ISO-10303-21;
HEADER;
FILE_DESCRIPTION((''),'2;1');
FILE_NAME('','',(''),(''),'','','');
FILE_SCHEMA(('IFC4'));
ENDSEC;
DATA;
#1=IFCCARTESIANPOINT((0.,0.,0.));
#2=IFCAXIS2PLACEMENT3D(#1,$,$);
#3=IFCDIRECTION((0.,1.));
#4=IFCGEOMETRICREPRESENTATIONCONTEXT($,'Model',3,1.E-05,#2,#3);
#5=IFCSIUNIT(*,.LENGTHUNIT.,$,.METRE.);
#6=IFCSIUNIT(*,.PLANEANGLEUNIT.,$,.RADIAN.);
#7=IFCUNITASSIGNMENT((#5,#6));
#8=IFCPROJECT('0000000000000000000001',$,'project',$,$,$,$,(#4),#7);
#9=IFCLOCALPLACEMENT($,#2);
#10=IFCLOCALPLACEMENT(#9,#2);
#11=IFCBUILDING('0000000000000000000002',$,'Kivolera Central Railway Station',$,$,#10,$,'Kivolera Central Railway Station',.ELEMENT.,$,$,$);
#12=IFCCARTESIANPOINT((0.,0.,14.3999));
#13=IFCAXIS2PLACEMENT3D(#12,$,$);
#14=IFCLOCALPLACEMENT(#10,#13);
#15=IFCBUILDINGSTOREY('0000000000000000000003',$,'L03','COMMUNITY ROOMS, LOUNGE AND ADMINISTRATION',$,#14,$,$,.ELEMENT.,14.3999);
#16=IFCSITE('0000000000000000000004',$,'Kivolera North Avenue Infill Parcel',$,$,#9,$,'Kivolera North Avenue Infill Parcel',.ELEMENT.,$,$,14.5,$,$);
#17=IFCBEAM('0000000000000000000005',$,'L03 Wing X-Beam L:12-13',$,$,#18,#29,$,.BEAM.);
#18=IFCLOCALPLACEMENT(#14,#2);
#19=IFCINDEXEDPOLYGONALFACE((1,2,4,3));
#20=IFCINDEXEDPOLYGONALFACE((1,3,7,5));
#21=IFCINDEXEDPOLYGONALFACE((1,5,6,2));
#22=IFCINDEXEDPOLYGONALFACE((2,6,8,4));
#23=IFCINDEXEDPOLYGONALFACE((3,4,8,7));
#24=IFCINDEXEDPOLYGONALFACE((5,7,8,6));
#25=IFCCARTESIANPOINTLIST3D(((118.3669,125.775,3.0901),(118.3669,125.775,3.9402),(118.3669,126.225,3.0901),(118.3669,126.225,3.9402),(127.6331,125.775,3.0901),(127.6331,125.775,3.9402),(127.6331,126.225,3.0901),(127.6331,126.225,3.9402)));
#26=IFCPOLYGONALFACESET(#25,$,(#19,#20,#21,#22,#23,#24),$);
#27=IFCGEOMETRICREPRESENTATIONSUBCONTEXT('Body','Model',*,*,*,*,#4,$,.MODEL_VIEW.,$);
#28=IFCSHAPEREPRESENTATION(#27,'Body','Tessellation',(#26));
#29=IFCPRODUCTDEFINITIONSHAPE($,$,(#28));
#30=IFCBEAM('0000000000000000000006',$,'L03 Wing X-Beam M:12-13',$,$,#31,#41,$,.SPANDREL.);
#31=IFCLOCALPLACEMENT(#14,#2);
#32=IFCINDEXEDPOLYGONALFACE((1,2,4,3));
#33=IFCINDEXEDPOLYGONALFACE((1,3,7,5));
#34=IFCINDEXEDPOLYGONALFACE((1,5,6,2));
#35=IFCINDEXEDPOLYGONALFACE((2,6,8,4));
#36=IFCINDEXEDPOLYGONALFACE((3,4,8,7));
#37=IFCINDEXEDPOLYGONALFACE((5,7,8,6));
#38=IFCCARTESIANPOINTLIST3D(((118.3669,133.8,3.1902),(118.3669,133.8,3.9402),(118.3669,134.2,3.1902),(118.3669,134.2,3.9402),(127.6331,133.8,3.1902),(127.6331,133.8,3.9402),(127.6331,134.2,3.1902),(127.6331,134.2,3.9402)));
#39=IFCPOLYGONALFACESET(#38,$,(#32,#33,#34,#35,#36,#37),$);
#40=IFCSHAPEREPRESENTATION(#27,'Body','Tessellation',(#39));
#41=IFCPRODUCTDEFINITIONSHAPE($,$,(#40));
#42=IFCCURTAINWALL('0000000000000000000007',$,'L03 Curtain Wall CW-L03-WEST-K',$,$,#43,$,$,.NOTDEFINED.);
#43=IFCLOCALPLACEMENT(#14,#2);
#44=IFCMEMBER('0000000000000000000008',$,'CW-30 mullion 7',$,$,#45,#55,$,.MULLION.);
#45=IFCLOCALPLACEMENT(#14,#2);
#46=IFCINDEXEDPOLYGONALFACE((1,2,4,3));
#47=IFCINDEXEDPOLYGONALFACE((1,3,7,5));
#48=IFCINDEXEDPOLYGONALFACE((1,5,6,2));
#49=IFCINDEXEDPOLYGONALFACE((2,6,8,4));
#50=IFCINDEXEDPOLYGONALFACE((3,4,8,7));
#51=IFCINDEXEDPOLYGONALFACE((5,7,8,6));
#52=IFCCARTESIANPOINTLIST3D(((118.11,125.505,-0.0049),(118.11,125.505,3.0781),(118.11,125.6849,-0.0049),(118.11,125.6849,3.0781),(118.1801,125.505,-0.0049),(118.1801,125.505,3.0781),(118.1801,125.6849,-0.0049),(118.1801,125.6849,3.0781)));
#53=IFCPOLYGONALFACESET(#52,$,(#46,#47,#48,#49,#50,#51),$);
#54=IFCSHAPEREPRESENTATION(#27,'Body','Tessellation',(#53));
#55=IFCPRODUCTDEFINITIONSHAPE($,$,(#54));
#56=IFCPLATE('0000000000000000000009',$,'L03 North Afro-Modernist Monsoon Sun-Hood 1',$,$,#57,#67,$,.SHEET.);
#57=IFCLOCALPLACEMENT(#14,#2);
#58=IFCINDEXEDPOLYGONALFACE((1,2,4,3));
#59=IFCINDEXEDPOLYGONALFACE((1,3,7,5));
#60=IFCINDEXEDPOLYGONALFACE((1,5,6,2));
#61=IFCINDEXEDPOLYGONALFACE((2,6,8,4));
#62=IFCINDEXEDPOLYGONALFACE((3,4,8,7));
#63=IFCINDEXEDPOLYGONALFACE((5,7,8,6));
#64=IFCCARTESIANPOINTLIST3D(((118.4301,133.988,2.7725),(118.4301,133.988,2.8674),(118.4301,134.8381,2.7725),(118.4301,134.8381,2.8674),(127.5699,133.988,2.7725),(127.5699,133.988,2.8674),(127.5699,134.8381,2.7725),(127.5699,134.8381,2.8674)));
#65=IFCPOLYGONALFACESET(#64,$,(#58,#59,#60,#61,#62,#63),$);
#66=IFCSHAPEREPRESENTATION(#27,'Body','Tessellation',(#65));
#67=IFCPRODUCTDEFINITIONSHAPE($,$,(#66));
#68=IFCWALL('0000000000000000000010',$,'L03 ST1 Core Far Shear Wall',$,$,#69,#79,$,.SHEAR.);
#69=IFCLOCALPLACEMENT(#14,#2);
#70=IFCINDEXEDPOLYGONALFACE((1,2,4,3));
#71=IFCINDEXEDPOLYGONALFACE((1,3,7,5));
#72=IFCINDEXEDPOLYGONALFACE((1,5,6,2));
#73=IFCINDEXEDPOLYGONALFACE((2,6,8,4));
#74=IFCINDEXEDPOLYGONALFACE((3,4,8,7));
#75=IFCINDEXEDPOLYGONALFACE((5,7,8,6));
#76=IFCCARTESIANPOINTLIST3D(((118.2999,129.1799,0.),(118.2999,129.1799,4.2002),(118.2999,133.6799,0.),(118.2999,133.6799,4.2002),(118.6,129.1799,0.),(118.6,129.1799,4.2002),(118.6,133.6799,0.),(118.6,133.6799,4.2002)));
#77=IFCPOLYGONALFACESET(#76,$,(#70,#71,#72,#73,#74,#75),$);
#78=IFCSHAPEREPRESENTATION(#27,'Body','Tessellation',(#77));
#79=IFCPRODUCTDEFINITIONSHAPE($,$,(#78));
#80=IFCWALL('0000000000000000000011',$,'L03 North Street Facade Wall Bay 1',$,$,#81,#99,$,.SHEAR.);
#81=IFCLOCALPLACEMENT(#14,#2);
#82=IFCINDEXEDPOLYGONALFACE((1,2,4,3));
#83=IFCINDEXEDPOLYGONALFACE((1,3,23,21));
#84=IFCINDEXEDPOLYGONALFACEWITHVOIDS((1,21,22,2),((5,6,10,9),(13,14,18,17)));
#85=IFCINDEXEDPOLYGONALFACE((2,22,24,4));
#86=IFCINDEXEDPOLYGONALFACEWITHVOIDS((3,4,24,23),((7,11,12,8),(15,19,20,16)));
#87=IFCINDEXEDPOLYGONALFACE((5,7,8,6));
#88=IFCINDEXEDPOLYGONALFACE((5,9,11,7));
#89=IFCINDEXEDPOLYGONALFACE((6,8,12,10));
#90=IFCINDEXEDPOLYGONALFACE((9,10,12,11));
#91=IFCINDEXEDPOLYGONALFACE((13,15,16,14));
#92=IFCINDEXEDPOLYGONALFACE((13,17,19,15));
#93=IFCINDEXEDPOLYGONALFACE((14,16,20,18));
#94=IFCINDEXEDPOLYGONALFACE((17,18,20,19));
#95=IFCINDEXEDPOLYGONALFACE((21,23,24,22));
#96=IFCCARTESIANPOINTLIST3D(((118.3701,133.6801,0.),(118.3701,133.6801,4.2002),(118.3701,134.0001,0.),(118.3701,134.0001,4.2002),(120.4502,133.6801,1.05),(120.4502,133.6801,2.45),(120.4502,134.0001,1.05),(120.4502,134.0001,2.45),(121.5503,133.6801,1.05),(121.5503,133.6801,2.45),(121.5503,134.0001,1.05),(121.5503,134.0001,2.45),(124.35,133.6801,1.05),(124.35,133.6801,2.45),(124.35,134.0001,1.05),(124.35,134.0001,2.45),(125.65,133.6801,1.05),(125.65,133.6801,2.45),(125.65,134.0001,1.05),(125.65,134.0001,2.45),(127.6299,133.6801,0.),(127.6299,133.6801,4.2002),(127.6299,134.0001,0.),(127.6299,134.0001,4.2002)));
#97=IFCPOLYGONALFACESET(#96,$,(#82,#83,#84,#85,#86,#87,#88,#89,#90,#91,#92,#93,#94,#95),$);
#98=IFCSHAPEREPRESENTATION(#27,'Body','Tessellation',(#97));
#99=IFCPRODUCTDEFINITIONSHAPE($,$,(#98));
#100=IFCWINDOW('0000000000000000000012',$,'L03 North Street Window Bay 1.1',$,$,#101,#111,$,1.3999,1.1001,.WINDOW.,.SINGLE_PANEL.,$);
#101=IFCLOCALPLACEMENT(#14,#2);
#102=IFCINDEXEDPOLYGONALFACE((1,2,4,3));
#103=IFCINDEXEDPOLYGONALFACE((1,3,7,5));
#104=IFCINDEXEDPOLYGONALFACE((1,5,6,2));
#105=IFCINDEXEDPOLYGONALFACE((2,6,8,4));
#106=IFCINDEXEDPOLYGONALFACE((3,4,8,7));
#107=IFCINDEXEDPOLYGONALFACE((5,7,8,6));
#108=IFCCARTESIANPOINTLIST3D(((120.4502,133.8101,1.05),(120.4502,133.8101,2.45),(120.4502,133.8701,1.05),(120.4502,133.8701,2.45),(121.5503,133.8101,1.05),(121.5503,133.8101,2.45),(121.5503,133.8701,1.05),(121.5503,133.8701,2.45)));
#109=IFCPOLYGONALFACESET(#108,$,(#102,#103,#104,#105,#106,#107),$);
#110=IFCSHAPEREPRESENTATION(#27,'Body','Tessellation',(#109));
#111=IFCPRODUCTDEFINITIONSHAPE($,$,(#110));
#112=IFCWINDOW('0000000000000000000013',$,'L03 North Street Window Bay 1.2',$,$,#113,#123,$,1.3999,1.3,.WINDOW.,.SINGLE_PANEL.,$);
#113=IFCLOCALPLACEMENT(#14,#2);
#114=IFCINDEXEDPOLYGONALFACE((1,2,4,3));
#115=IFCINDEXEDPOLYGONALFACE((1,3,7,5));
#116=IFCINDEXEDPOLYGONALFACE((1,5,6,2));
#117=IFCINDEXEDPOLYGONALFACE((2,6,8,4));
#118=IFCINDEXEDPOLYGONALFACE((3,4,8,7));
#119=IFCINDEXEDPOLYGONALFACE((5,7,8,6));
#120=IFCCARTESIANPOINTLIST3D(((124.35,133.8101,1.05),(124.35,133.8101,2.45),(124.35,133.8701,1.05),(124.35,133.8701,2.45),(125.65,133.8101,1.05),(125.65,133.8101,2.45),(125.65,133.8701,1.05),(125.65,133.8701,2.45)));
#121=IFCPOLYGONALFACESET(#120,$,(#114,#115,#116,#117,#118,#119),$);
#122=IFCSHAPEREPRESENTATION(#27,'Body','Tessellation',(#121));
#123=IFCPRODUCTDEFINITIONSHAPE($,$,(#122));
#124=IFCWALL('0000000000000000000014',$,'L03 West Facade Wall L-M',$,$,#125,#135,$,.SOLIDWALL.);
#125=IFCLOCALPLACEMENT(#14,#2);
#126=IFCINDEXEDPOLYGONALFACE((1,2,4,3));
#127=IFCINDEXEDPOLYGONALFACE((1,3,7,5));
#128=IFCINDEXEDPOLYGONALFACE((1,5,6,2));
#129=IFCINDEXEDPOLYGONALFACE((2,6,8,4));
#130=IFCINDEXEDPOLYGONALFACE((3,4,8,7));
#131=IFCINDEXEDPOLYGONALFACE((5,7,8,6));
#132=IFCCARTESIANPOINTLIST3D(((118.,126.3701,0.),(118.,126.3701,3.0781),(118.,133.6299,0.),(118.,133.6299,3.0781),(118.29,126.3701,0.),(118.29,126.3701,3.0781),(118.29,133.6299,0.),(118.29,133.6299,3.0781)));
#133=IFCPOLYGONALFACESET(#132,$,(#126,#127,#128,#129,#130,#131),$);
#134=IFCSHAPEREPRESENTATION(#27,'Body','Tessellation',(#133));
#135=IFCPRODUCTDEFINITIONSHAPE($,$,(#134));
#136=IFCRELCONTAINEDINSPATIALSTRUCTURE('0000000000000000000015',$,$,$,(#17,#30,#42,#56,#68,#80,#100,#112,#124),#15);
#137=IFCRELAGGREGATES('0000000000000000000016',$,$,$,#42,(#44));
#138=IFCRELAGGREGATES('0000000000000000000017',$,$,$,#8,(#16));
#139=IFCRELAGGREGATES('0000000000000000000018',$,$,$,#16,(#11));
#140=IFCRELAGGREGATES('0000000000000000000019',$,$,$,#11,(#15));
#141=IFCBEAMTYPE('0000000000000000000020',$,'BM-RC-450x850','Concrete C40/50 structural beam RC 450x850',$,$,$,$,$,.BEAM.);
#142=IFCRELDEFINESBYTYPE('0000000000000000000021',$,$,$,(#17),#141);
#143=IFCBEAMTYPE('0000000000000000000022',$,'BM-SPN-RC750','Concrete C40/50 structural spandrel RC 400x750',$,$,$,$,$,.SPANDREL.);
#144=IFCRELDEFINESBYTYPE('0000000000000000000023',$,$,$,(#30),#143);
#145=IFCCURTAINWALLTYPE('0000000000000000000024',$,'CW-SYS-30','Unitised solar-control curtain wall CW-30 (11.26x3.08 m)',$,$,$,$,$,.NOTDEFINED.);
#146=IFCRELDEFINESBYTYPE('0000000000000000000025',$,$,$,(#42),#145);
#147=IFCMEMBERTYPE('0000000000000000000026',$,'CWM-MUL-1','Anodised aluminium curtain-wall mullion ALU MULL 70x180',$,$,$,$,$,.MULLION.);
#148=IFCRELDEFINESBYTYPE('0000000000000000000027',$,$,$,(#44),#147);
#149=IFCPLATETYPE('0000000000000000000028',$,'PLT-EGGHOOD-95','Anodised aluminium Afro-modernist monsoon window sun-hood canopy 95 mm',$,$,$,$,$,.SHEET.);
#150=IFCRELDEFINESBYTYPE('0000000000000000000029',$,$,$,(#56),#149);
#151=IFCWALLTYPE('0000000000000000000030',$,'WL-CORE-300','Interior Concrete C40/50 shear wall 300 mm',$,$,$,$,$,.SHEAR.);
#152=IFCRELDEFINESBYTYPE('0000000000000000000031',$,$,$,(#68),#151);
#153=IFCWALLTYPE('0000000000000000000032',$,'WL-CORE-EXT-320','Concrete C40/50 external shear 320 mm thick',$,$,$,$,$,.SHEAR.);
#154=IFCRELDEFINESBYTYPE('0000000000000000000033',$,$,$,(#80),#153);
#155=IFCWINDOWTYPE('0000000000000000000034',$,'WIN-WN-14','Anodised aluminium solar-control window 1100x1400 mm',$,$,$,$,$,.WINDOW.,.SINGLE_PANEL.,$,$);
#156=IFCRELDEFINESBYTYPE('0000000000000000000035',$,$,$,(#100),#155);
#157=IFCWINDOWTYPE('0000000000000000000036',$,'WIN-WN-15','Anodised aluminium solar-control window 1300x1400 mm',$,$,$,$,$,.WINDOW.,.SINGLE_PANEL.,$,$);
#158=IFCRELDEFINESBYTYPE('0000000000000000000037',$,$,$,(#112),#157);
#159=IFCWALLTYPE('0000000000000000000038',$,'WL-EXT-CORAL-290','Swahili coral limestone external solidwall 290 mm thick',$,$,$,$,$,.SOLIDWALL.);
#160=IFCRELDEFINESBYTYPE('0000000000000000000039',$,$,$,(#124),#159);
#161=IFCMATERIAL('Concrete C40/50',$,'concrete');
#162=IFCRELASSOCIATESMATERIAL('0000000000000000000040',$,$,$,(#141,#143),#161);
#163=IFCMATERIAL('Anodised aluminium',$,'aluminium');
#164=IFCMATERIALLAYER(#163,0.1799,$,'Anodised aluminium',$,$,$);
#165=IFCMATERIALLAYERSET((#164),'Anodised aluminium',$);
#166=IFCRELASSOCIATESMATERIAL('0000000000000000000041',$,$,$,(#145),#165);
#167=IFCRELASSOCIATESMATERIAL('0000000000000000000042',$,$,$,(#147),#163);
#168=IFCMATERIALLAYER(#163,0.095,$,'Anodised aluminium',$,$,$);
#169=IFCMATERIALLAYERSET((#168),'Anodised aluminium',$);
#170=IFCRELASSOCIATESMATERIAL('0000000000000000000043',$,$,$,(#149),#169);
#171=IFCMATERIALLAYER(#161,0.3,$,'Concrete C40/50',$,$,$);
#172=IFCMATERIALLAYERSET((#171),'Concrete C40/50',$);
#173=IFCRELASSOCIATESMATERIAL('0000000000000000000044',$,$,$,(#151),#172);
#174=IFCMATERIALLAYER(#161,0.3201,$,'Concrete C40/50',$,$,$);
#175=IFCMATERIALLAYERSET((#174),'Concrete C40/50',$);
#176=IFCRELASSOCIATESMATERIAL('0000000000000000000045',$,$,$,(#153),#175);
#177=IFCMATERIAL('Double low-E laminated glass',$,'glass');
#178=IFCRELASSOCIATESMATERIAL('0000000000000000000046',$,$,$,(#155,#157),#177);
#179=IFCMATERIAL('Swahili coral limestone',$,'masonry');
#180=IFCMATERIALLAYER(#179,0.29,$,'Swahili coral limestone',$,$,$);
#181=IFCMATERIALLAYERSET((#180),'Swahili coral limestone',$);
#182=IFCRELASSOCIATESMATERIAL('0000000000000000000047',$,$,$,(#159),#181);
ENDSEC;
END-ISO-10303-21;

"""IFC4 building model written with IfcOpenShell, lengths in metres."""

from ifc_helpers import new_model, si_unit, direction, frame, frame_2d, origin, origin_2d, place, context, subcontext, project, spatial, rectangle, extrude, material, layer, layer_set, material_profile, profile_set, type_object, element, fill, aggregate, save


model = new_model("IFC4")

# Units and contexts
model_context = context("Model", 3, precision=1e-05, world=origin(), true_north=direction((0.0, 1.0)))
body_context = subcontext(model_context, "Body", "Model", "MODEL_VIEW")
ifc_project = project(units=[si_unit("LENGTHUNIT", "METRE"), si_unit("PLANEANGLEUNIT", "RADIAN")], contexts=[model_context])

# Site, building, storey
site_placement = place(None, origin())
site = spatial("IfcSite", under=ifc_project, at=site_placement, Name="Kivolera North Avenue Infill Parcel", LongName="Kivolera North Avenue Infill Parcel", CompositionType="ELEMENT", RefElevation=14.5)
building_placement = place(site_placement, origin())
building = spatial("IfcBuilding", under=site, at=building_placement, Name="Kivolera Central Railway Station", LongName="Kivolera Central Railway Station", CompositionType="ELEMENT")
storey_placement = place(building_placement, frame((0.0, 0.0, 14.3999)))
storey = spatial("IfcBuildingStorey", under=building, at=storey_placement, Name="L03", Description="COMMUNITY ROOMS, LOUNGE AND ADMINISTRATION", CompositionType="ELEMENT", Elevation=14.3999)

# Beams
ifc_material_1 = material(Name="Concrete C40/50", Category="concrete")
ifc_material_profile_1 = material_profile(ifc_material_1, rectangle(XDim=0.45, YDim=0.8501, at=origin_2d()), Name="RC 450x850")
ifc_profile_set_1 = profile_set([ifc_material_profile_1], Name="Concrete C40/50")
beam_type_1 = type_object("IfcBeamType", Name="BM-RC-450x850", Description="Concrete C40/50 structural beam RC 450x850", PredefinedType="BEAM", material=ifc_profile_set_1)
beam_1_placement = place(storey_placement, frame((118.3669, 126.0, 3.5151), z_axis=(1.0, 0.0, 0.0), x_axis=(0.0, 1.0, 0.0)))
element("IfcBeam", 1, at=beam_1_placement, inside=storey, type_object=beam_type_1, Name="L03 Wing X-Beam L:12-13", PredefinedType="BEAM", context=body_context, shape_type="SweptSolid", body=[
    extrude(rectangle(XDim=0.45, YDim=0.8501, at=origin_2d()), origin(), (0.0, 0.0, 1.0), 9.2661),
])
ifc_material_profile_2 = material_profile(ifc_material_1, rectangle(XDim=0.3999, YDim=0.75, at=origin_2d()), Name="RC 400x750")
ifc_profile_set_2 = profile_set([ifc_material_profile_2], Name="Concrete C40/50")
beam_type_2 = type_object("IfcBeamType", Name="BM-SPN-RC750", Description="Concrete C40/50 structural spandrel RC 400x750", PredefinedType="SPANDREL", material=ifc_profile_set_2)
beam_2_placement = place(storey_placement, frame((118.3669, 134.0, 3.5652), z_axis=(1.0, 0.0, 0.0), x_axis=(0.0, 1.0, 0.0)))
element("IfcBeam", 2, at=beam_2_placement, inside=storey, type_object=beam_type_2, Name="L03 Wing X-Beam M:12-13", PredefinedType="SPANDREL", context=body_context, shape_type="SweptSolid", body=[
    extrude(rectangle(XDim=0.3999, YDim=0.75, at=origin_2d()), origin(), (0.0, 0.0, 1.0), 9.2661),
])

# Curtain wall, member
ifc_material_2 = material(Name="Anodised aluminium", Category="aluminium")
ifc_layer_1 = layer(ifc_material_2, 0.1799, Name="Anodised aluminium")
ifc_layer_set_1 = layer_set([ifc_layer_1], Name="Anodised aluminium")
curtain_wall_type = type_object("IfcCurtainWallType", Name="CW-SYS-30", Description="Unitised solar-control curtain wall CW-30 (11.26x3.08 m)", PredefinedType="NOTDEFINED", material=ifc_layer_set_1)
curtain_wall_placement = place(storey_placement, origin())
curtain_wall = element("IfcCurtainWall", 3, at=curtain_wall_placement, inside=storey, type_object=curtain_wall_type, Name="L03 Curtain Wall CW-L03-WEST-K", PredefinedType="NOTDEFINED")
ifc_material_profile_3 = material_profile(ifc_material_2, rectangle(XDim=0.0701, YDim=0.1799, at=origin_2d()), Name="ALU MULL 70x180")
ifc_profile_set_3 = profile_set([ifc_material_profile_3], Name="Anodised aluminium")
member_type = type_object("IfcMemberType", Name="CWM-MUL-1", Description="Anodised aluminium curtain-wall mullion ALU MULL 70x180", PredefinedType="MULLION", material=ifc_profile_set_3)
member_placement = place(storey_placement, frame((118.145, 125.595, -0.0049), z_axis=(0.0, 0.0, 1.0), x_axis=(-1.0, 0.0, 0.0)))
member = element("IfcMember", 4, at=member_placement, type_object=member_type, Name="CW-30 mullion 7", PredefinedType="MULLION", context=body_context, shape_type="SweptSolid", body=[
    extrude(rectangle(XDim=0.0701, YDim=0.1799, at=origin_2d()), origin(), (0.0, 0.0, 1.0), 3.083),
])
aggregate(curtain_wall, [member])

# Plate
ifc_layer_2 = layer(ifc_material_2, 0.095, Name="Anodised aluminium")
ifc_layer_set_2 = layer_set([ifc_layer_2], Name="Anodised aluminium")
plate_type = type_object("IfcPlateType", Name="PLT-EGGHOOD-95", Description="Anodised aluminium Afro-modernist monsoon window sun-hood canopy 95 mm", PredefinedType="SHEET", material=ifc_layer_set_2)
plate_placement = place(storey_placement, frame((123.0, 134.4131, 2.7725), z_axis=(0.0, 0.0, 1.0), x_axis=(1.0, 0.0, 0.0)))
element("IfcPlate", 5, at=plate_placement, inside=storey, type_object=plate_type, Name="L03 North Afro-Modernist Monsoon Sun-Hood 1", PredefinedType="SHEET", context=body_context, shape_type="SweptSolid", body=[
    extrude(rectangle(XDim=9.1399, YDim=0.8501, at=origin_2d()), origin(), (0.0, 0.0, 1.0), 0.095),
])

# Wall
ifc_layer_3 = layer(ifc_material_1, 0.3, Name="Concrete C40/50")
ifc_layer_set_3 = layer_set([ifc_layer_3], Name="Concrete C40/50")
wall_type_1 = type_object("IfcWallType", Name="WL-CORE-300", Description="Interior Concrete C40/50 shear wall 300 mm", PredefinedType="SHEAR", material=ifc_layer_set_3)
wall_1_placement = place(storey_placement, frame((118.45, 129.1799, 0.0), z_axis=(0.0, 0.0, 1.0), x_axis=(0.0, 1.0, 0.0)))
element("IfcWall", 6, at=wall_1_placement, inside=storey, type_object=wall_type_1, Name="L03 ST1 Core Far Shear Wall", PredefinedType="SHEAR", context=body_context, shape_type="SweptSolid", body=[
    extrude(rectangle(XDim=4.5, YDim=0.3, at=frame_2d((2.25, 0.0))), origin(), (0.0, 0.0, 1.0), 4.2002),
])

# Wall, openings, windows
ifc_layer_4 = layer(ifc_material_1, 0.3201, Name="Concrete C40/50")
ifc_layer_set_4 = layer_set([ifc_layer_4], Name="Concrete C40/50")
wall_type_2 = type_object("IfcWallType", Name="WL-CORE-EXT-320", Description="Concrete C40/50 external shear 320 mm thick", PredefinedType="SHEAR", material=ifc_layer_set_4)
wall_2_placement = place(storey_placement, frame((118.3701, 133.8401, 0.0), z_axis=(0.0, 0.0, 1.0), x_axis=(1.0, 0.0, 0.0)))
wall_2 = element("IfcWall", 7, at=wall_2_placement, inside=storey, type_object=wall_type_2, Name="L03 North Street Facade Wall Bay 1", PredefinedType="SHEAR", context=body_context, shape_type="SweptSolid", body=[
    extrude(rectangle(XDim=9.2598, YDim=0.3201, at=frame_2d((4.6299, 0.0))), origin(), (0.0, 0.0, 1.0), 4.2002),
])
opening_1_placement = place(wall_2_placement, frame((2.0801, 0.0, 1.05)))
opening_1 = element("IfcOpeningElement", 8, at=opening_1_placement, cuts=wall_2, PredefinedType="OPENING", context=body_context, shape_type="SweptSolid", body=[
    extrude(rectangle(XDim=1.1001, YDim=1.3999, at=frame_2d((0.55, 0.7))), frame((0.0, 0.1699, 0.0), z_axis=(0.0, -1.0, 0.0), x_axis=(1.0, 0.0, 0.0)), (0.0, 0.0, 1.0), 0.3401),
])
opening_2_placement = place(wall_2_placement, frame((5.98, 0.0, 1.05)))
opening_2 = element("IfcOpeningElement", 9, at=opening_2_placement, cuts=wall_2, PredefinedType="OPENING", context=body_context, shape_type="SweptSolid", body=[
    extrude(rectangle(XDim=1.3, YDim=1.3999, at=frame_2d((0.6499, 0.7))), frame((0.0, 0.1699, 0.0), z_axis=(0.0, -1.0, 0.0), x_axis=(1.0, 0.0, 0.0)), (0.0, 0.0, 1.0), 0.3401),
])
ifc_material_3 = material(Name="Double low-E laminated glass", Category="glass")
window_type_1 = type_object("IfcWindowType", Name="WIN-WN-14", Description="Anodised aluminium solar-control window 1100x1400 mm", PartitioningType="SINGLE_PANEL", PredefinedType="WINDOW", material=ifc_material_3)
window_1_placement = place(opening_1_placement, origin())
window_1 = element("IfcWindow", 10, at=window_1_placement, inside=storey, type_object=window_type_1, Name="L03 North Street Window Bay 1.1", OverallHeight=1.3999, OverallWidth=1.1001, PartitioningType="SINGLE_PANEL", PredefinedType="WINDOW", context=body_context, shape_type="SweptSolid", body=[
    extrude(rectangle(XDim=1.1001, YDim=1.3999, at=frame_2d((0.55, 0.7))), frame((0.0, 0.03, 0.0), z_axis=(0.0, -1.0, 0.0), x_axis=(1.0, 0.0, 0.0)), (0.0, 0.0, 1.0), 0.0601),
])
fill(opening_1, window_1)
window_type_2 = type_object("IfcWindowType", Name="WIN-WN-15", Description="Anodised aluminium solar-control window 1300x1400 mm", PartitioningType="SINGLE_PANEL", PredefinedType="WINDOW", material=ifc_material_3)
window_2_placement = place(opening_2_placement, origin())
window_2 = element("IfcWindow", 11, at=window_2_placement, inside=storey, type_object=window_type_2, Name="L03 North Street Window Bay 1.2", OverallHeight=1.3999, OverallWidth=1.3, PartitioningType="SINGLE_PANEL", PredefinedType="WINDOW", context=body_context, shape_type="SweptSolid", body=[
    extrude(rectangle(XDim=1.3, YDim=1.3999, at=frame_2d((0.6499, 0.7))), frame((0.0, 0.03, 0.0), z_axis=(0.0, -1.0, 0.0), x_axis=(1.0, 0.0, 0.0)), (0.0, 0.0, 1.0), 0.0601),
])
fill(opening_2, window_2)

# Wall
ifc_material_4 = material(Name="Swahili coral limestone", Category="masonry")
ifc_layer_5 = layer(ifc_material_4, 0.29, Name="Swahili coral limestone")
ifc_layer_set_5 = layer_set([ifc_layer_5], Name="Swahili coral limestone")
wall_type_3 = type_object("IfcWallType", Name="WL-EXT-CORAL-290", Description="Swahili coral limestone external solidwall 290 mm thick", PredefinedType="SOLIDWALL", material=ifc_layer_set_5)
wall_3_placement = place(storey_placement, frame((118.145, 126.3701, 0.0), z_axis=(0.0, 0.0, 1.0), x_axis=(0.0, 1.0, 0.0)))
element("IfcWall", 12, at=wall_3_placement, inside=storey, type_object=wall_type_3, Name="L03 West Facade Wall L-M", PredefinedType="SOLIDWALL", context=body_context, shape_type="SweptSolid", body=[
    extrude(rectangle(XDim=7.2598, YDim=0.29, at=frame_2d((3.6299, 0.0))), origin(), (0.0, 0.0, 1.0), 3.0781),
])

save(model, "model.ifc")
